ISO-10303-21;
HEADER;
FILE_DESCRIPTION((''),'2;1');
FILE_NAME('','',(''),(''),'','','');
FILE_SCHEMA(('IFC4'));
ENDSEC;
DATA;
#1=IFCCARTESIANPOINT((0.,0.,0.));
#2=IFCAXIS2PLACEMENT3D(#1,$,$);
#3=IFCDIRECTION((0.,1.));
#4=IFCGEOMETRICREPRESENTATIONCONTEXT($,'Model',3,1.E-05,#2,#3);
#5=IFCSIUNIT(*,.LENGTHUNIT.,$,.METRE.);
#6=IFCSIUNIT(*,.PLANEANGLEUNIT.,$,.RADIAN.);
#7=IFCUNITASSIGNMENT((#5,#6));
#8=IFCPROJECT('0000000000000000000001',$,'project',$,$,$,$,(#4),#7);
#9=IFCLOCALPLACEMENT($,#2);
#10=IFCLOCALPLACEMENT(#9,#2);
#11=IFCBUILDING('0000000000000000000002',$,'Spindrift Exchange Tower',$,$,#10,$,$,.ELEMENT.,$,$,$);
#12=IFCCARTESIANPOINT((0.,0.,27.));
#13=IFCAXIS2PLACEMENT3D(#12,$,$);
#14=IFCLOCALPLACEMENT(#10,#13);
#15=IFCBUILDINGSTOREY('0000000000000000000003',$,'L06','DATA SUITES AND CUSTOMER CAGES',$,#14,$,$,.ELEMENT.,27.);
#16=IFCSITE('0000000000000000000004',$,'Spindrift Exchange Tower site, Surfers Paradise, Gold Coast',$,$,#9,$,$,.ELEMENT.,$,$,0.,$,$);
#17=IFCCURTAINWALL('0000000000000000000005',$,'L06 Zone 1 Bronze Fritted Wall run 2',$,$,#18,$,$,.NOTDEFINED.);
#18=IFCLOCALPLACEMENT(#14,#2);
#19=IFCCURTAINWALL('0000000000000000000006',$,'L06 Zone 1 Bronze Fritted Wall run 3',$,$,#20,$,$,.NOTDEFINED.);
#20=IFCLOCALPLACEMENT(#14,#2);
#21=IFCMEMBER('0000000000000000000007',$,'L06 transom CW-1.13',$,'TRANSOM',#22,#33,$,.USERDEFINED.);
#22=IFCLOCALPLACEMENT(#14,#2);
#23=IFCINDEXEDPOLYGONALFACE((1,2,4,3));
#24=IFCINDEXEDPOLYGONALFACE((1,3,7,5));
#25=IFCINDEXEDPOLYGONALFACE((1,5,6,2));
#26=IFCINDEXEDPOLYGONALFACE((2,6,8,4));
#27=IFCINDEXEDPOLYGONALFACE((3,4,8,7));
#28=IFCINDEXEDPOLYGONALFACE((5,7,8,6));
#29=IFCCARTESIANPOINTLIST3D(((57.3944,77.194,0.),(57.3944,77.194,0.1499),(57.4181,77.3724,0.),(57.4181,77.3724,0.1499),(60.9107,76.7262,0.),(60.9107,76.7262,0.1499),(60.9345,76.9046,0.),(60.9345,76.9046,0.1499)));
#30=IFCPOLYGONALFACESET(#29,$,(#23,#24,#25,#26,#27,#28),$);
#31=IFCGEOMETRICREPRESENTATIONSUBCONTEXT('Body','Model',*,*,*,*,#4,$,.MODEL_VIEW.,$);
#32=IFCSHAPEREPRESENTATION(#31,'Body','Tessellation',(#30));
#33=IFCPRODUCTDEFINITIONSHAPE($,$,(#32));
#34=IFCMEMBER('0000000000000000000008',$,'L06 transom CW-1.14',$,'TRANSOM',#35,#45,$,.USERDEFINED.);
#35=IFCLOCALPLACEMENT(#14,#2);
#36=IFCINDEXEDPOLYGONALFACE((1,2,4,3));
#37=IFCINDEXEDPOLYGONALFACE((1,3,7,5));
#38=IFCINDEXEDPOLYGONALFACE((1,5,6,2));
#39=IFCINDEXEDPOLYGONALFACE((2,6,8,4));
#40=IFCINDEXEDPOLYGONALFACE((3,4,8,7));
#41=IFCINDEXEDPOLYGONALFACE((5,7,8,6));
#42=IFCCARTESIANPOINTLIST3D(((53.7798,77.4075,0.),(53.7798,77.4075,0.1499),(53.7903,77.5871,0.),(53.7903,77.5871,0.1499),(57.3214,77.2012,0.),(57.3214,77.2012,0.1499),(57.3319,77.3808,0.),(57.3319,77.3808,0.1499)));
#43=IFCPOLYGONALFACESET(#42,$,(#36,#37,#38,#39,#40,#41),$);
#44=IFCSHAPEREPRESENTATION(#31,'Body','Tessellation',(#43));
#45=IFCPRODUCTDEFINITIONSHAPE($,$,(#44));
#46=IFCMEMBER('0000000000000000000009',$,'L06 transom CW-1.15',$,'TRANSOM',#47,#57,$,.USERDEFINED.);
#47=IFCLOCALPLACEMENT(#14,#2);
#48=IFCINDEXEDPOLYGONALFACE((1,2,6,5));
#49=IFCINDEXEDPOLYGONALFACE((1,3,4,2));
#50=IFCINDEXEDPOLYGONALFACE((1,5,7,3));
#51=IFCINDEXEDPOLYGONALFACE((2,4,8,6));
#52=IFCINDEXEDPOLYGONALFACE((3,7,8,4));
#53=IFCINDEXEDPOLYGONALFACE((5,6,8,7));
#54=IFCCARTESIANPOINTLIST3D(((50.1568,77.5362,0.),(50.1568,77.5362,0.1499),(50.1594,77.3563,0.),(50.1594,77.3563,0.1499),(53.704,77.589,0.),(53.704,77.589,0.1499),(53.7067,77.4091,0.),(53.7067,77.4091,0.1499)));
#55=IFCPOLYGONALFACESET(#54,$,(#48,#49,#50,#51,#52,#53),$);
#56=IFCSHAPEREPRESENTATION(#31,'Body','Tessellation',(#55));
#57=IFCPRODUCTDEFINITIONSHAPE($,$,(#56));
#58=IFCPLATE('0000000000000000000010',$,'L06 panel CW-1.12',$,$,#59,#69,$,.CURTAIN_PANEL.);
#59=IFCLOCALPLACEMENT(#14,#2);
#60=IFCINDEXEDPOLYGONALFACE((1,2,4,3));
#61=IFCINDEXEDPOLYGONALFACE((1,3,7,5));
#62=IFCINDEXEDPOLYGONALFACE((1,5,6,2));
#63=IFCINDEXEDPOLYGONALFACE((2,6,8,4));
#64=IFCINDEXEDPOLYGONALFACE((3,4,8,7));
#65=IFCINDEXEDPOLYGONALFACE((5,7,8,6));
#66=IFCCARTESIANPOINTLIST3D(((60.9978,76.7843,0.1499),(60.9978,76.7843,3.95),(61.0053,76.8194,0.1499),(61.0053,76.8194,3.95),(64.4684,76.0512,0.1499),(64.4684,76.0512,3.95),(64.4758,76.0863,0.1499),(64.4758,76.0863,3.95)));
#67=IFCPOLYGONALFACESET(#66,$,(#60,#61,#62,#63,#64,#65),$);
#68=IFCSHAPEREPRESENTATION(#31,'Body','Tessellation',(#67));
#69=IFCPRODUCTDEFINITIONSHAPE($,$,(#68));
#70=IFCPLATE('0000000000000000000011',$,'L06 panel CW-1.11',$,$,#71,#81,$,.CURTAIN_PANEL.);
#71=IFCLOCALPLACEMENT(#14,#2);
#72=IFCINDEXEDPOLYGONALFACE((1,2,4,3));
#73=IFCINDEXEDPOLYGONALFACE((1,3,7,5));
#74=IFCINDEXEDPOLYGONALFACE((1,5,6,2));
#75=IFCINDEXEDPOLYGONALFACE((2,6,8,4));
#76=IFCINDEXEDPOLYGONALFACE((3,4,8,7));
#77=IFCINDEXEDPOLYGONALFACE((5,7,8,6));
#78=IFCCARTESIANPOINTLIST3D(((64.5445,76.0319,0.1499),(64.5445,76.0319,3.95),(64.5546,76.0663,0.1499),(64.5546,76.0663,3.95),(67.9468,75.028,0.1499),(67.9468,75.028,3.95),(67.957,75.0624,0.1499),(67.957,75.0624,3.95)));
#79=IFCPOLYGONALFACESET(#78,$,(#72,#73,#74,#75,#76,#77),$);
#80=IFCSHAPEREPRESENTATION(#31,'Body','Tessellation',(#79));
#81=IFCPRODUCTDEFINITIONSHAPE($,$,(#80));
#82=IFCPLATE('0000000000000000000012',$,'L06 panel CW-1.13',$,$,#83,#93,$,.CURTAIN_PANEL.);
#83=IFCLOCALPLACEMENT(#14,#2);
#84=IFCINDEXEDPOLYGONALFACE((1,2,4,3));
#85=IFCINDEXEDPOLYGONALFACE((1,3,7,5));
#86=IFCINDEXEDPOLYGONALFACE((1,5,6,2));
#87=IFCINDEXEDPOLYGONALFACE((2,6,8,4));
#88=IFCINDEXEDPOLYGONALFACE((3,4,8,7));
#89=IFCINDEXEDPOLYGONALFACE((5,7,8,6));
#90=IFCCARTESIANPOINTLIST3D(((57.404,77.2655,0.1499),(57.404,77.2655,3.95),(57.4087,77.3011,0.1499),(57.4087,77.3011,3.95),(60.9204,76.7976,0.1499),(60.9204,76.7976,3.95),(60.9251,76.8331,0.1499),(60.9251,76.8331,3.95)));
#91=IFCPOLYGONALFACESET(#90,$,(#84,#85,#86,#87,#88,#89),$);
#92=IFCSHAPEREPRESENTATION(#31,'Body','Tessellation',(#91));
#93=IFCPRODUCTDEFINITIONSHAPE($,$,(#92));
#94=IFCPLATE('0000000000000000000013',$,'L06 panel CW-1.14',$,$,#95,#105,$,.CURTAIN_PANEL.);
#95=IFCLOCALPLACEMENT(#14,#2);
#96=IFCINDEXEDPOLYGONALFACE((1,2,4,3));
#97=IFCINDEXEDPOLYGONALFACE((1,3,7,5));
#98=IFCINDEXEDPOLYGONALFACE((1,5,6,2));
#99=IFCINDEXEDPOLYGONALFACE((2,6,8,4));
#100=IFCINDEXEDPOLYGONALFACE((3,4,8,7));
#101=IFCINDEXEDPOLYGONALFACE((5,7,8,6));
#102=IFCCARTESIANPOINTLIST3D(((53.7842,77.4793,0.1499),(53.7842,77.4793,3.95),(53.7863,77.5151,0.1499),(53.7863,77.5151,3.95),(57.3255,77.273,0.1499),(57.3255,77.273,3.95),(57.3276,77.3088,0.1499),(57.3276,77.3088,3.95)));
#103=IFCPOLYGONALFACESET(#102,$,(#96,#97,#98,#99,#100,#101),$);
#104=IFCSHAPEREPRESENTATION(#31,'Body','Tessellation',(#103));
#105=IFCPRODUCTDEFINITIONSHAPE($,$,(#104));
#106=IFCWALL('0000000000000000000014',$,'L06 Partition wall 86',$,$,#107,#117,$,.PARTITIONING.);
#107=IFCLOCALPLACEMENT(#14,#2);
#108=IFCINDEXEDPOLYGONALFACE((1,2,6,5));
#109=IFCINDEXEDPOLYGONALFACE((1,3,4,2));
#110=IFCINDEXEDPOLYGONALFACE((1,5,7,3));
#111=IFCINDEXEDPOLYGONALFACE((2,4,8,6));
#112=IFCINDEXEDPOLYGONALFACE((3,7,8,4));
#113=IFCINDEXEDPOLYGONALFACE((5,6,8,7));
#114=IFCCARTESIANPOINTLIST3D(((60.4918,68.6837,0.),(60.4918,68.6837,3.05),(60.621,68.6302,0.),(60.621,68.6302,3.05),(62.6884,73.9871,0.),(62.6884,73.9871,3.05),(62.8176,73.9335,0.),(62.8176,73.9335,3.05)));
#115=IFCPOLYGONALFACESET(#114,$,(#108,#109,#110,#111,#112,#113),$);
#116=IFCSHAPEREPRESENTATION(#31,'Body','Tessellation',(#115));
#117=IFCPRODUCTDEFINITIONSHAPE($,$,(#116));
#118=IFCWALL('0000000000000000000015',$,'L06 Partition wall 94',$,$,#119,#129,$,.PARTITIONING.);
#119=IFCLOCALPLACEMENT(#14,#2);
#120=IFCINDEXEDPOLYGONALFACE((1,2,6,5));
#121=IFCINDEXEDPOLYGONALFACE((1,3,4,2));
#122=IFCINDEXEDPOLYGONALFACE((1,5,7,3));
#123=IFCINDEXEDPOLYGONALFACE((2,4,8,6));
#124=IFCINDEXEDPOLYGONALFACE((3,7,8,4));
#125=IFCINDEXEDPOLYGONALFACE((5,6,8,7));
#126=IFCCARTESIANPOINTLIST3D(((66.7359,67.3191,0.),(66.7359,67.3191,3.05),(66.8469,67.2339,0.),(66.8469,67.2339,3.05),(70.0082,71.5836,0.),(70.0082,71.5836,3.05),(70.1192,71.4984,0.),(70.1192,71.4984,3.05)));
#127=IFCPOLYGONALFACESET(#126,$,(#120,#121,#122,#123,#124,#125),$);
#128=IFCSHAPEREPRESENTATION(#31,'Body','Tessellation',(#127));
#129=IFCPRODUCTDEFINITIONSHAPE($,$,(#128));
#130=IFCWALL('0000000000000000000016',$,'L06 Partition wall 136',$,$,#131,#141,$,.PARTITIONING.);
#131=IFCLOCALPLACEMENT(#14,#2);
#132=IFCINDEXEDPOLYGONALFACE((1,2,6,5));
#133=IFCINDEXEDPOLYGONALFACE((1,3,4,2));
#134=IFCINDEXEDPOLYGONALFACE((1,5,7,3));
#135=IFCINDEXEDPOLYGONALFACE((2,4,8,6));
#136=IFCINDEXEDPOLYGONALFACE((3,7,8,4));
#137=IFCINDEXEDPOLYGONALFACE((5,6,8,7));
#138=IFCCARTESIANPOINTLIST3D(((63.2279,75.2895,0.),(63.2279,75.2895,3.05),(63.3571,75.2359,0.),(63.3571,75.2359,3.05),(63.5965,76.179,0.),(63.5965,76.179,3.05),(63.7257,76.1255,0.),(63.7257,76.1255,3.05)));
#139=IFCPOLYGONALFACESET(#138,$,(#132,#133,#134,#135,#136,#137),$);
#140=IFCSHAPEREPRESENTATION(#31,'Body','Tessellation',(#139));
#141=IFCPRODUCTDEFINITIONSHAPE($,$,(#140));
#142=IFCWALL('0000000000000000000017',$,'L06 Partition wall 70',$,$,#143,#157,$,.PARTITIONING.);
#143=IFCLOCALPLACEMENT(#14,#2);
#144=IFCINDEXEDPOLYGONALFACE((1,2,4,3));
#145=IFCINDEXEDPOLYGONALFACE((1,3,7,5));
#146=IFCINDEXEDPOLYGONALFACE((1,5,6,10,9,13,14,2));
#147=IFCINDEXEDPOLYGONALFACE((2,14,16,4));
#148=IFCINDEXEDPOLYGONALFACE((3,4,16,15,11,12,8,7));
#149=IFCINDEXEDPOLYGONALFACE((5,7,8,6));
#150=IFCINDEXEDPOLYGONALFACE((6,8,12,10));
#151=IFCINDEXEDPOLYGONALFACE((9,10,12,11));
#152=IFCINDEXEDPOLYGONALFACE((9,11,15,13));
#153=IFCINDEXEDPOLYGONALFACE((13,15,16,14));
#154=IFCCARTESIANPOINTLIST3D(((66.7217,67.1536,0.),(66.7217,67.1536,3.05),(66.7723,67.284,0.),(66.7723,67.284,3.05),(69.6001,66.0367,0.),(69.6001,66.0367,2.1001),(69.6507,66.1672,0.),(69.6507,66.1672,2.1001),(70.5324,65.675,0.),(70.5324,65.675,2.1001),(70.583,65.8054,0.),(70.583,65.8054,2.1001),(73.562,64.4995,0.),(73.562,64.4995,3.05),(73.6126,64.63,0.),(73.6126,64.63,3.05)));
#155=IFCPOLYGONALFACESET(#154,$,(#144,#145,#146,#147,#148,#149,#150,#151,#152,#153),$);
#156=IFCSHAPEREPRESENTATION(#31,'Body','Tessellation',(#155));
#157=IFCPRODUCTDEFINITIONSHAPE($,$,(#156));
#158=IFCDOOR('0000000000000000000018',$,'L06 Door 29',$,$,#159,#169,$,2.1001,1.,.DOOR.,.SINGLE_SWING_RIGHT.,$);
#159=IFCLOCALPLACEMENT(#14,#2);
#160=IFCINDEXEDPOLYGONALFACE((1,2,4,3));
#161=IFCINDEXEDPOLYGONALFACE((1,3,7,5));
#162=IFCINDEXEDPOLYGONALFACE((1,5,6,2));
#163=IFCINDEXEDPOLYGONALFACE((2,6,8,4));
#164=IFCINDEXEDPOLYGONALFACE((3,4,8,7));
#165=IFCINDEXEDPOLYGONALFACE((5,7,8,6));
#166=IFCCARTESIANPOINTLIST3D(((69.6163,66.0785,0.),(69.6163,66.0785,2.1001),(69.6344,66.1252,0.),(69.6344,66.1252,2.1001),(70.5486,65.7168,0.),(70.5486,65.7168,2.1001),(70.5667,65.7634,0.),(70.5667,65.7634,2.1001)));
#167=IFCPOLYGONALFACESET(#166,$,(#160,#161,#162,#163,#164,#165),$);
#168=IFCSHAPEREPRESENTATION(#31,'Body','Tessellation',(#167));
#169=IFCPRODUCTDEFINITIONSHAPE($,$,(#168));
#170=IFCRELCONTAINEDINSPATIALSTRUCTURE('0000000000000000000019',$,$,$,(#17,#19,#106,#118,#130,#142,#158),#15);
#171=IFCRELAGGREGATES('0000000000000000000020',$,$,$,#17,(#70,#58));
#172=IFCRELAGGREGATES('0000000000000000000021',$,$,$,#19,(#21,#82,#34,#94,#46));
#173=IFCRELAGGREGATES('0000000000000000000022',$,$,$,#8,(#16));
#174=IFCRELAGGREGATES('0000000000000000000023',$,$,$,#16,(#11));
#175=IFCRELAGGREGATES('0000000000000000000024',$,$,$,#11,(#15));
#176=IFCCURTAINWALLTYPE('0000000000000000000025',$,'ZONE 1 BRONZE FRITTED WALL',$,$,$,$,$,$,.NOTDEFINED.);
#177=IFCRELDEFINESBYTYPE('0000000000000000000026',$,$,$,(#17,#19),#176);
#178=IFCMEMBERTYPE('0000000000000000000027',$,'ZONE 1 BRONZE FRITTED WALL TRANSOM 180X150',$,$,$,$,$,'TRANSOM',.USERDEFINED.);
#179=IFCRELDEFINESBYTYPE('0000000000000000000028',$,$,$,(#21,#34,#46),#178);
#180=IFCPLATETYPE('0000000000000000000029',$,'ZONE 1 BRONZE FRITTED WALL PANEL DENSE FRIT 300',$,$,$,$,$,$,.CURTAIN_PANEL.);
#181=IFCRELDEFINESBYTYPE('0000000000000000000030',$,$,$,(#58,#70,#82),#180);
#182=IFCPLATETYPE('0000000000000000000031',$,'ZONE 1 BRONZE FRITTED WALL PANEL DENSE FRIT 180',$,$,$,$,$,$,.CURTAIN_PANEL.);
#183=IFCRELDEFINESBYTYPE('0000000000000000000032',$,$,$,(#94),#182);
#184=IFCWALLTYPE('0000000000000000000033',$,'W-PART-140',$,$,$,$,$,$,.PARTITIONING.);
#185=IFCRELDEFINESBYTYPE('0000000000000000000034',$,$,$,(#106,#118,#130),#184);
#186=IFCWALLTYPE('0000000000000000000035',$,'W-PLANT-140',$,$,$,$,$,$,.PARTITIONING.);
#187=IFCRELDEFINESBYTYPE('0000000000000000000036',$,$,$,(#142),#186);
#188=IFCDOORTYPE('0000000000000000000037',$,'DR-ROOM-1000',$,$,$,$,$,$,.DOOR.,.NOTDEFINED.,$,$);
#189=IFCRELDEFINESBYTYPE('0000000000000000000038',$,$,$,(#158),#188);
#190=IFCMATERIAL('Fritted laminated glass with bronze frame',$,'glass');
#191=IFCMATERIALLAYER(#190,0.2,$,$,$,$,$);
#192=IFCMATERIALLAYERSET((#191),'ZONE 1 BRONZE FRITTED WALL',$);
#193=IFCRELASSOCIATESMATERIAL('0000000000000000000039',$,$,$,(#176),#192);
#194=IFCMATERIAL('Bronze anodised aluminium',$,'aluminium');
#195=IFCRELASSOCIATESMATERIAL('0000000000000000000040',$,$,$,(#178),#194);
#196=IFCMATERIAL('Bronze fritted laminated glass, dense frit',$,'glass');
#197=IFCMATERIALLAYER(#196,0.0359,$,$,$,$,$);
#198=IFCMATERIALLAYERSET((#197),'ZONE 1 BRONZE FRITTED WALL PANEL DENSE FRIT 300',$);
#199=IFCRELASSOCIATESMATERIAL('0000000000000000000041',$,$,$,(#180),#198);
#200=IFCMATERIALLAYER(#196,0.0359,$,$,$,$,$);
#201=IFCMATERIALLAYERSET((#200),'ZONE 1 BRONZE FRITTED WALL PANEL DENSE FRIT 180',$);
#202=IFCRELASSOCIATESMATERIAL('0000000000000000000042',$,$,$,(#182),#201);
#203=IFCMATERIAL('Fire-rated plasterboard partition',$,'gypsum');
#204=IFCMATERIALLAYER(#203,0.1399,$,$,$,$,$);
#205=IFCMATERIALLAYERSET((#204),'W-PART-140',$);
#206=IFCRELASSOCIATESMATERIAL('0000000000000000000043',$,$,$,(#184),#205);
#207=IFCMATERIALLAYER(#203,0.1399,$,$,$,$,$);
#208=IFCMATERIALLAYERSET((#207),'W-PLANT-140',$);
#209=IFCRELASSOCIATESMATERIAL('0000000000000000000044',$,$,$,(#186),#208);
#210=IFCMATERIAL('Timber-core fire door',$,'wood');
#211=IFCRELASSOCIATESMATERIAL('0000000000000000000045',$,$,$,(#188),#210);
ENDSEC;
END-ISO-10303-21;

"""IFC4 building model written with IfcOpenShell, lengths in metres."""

from ifc_helpers import new_model, si_unit, direction, frame, frame_2d, origin, origin_2d, place, context, subcontext, project, spatial, rectangle, extrude, source, transform, mapped, material, layer, layer_set, material_profile, profile_set, type_object, element, fill, aggregate, save


model = new_model("IFC4")

# Units and contexts
model_context = context("Model", 3, precision=1e-05, world=origin(), true_north=direction((0.0, 1.0)))
body_context = subcontext(model_context, "Body", "Model", "MODEL_VIEW")
ifc_project = project(units=[si_unit("LENGTHUNIT", "METRE"), si_unit("PLANEANGLEUNIT", "RADIAN")], contexts=[model_context])

# Site, building, storey
site_placement = place(None, origin())
site = spatial("IfcSite", under=ifc_project, at=site_placement, Name="Spindrift Exchange Tower site, Surfers Paradise, Gold Coast", CompositionType="ELEMENT", RefElevation=0.0)
building_placement = place(site_placement, origin())
building = spatial("IfcBuilding", under=site, at=building_placement, Name="Spindrift Exchange Tower", CompositionType="ELEMENT")
storey_placement = place(building_placement, frame((0.0, 0.0, 27.0)))
storey = spatial("IfcBuildingStorey", under=building, at=storey_placement, Name="L06", Description="DATA SUITES AND CUSTOMER CAGES", CompositionType="ELEMENT", Elevation=27.0)

# Curtain walls
ifc_material_1 = material(Name="Fritted laminated glass with bronze frame", Category="glass")
ifc_layer_1 = layer(ifc_material_1, 0.2)
ifc_layer_set_1 = layer_set([ifc_layer_1], Name="ZONE 1 BRONZE FRITTED WALL")
curtain_wall_type = type_object("IfcCurtainWallType", Name="ZONE 1 BRONZE FRITTED WALL", PredefinedType="NOTDEFINED", material=ifc_layer_set_1)
curtain_wall_1_placement = place(storey_placement, origin())
curtain_wall_1 = element("IfcCurtainWall", 1, at=curtain_wall_1_placement, inside=storey, type_object=curtain_wall_type, Name="L06 Zone 1 Bronze Fritted Wall run 2", PredefinedType="NOTDEFINED")
ifc_material_2 = material(Name="Bronze anodised aluminium", Category="aluminium")
curtain_wall_2_placement = place(storey_placement, origin())
curtain_wall_2 = element("IfcCurtainWall", 2, at=curtain_wall_2_placement, inside=storey, type_object=curtain_wall_type, Name="L06 Zone 1 Bronze Fritted Wall run 3", PredefinedType="NOTDEFINED")

# Members
ifc_material_profile_1 = material_profile(ifc_material_2, rectangle(XDim=0.1799, YDim=0.1499, at=origin_2d()), Name="ZONE 1 BRONZE FRITTED WALL TRANSOM 180X150")
ifc_profile_set_1 = profile_set([ifc_material_profile_1], Name="Bronze anodised aluminium")
member_type_1 = type_object("IfcMemberType", Name="ZONE 1 BRONZE FRITTED WALL TRANSOM 180X150", ElementType="TRANSOM", PredefinedType="USERDEFINED", material=ifc_profile_set_1)
shared_shape_1 = source(origin(), body_context, "Body", "SweptSolid", [
    extrude(rectangle(XDim=0.1799, YDim=0.1499, at=origin_2d()), origin(), (0.0, 0.0, 1.0), 3.5474),
])
member_1_placement = place(storey_placement, frame((60.9226, 76.8154, 0.075), z_axis=(-0.991268, 0.131866, 0.0), x_axis=(-0.131866, -0.991268, 0.0)))
member_1 = element("IfcMember", 3, at=member_1_placement, type_object=member_type_1, Name="L06 transom CW-1.13", ObjectType="TRANSOM", PredefinedType="USERDEFINED", context=body_context, shape_type="MappedRepresentation", body=[
    mapped(shared_shape_1, transform((0.0, 0.0, 0.0), scale=1.0)),
])
shared_shape_2 = source(origin(), body_context, "Body", "SweptSolid", [
    extrude(rectangle(XDim=0.1799, YDim=0.1499, at=origin_2d()), origin(), (0.0, 0.0, 1.0), 3.5476),
])
member_2_placement = place(storey_placement, frame((57.3267, 77.291, 0.075), z_axis=(-0.998308, 0.058153, 0.0), x_axis=(-0.058153, -0.998308, 0.0)))
member_2 = element("IfcMember", 4, at=member_2_placement, type_object=member_type_1, Name="L06 transom CW-1.14", ObjectType="TRANSOM", PredefinedType="USERDEFINED", context=body_context, shape_type="MappedRepresentation", body=[
    mapped(shared_shape_2, transform((0.0, 0.0, 0.0), scale=1.0)),
])
member_3_placement = place(storey_placement, frame((53.7053, 77.499, 0.075), z_axis=(-0.99989, -0.014865, 0.0), x_axis=(0.014865, -0.99989, 0.0)))
member_3 = element("IfcMember", 5, at=member_3_placement, type_object=member_type_1, Name="L06 transom CW-1.15", ObjectType="TRANSOM", PredefinedType="USERDEFINED", context=body_context, shape_type="MappedRepresentation", body=[
    mapped(shared_shape_2, transform((0.0, 0.0, 0.0), scale=1.0)),
])

# Plates
ifc_material_3 = material(Name="Bronze fritted laminated glass, dense frit", Category="glass")
ifc_layer_2 = layer(ifc_material_3, 0.0359)
ifc_layer_set_2 = layer_set([ifc_layer_2], Name="ZONE 1 BRONZE FRITTED WALL PANEL DENSE FRIT 300")
plate_type_1 = type_object("IfcPlateType", Name="ZONE 1 BRONZE FRITTED WALL PANEL DENSE FRIT 300", PredefinedType="CURTAIN_PANEL", material=ifc_layer_set_2)
shared_shape_3 = source(origin(), body_context, "Body", "SweptSolid", [
    extrude(rectangle(XDim=3.5471, YDim=0.0359, at=origin_2d()), origin(), (0.0, 0.0, 1.0), 3.8),
])
plate_1_placement = place(storey_placement, frame((62.7368, 76.4353, 0.1499), z_axis=(0.0, 0.0, 1.0), x_axis=(-0.978407, 0.206687, 0.0)))
plate_1 = element("IfcPlate", 6, at=plate_1_placement, type_object=plate_type_1, Name="L06 panel CW-1.12", PredefinedType="CURTAIN_PANEL", context=body_context, shape_type="MappedRepresentation", body=[
    mapped(shared_shape_3, transform((0.0, 0.0, 0.0), scale=1.0)),
])
shared_shape_4 = source(origin(), body_context, "Body", "SweptSolid", [
    extrude(rectangle(XDim=3.5474, YDim=0.0359, at=origin_2d()), origin(), (0.0, 0.0, 1.0), 3.8),
])
plate_2_placement = place(storey_placement, frame((66.2507, 75.5471, 0.1499), z_axis=(0.0, 0.0, 1.0), x_axis=(-0.959122, 0.282994, 0.0)))
plate_2 = element("IfcPlate", 7, at=plate_2_placement, type_object=plate_type_1, Name="L06 panel CW-1.11", PredefinedType="CURTAIN_PANEL", context=body_context, shape_type="MappedRepresentation", body=[
    mapped(shared_shape_4, transform((0.0, 0.0, 0.0), scale=1.0)),
])
aggregate(curtain_wall_1, [plate_2, plate_1])
plate_3_placement = place(storey_placement, frame((59.1646, 77.0493, 0.1499), z_axis=(0.0, 0.0, 1.0), x_axis=(-0.991261, 0.131912, 0.0)))
plate_3 = element("IfcPlate", 8, at=plate_3_placement, type_object=plate_type_1, Name="L06 panel CW-1.13", PredefinedType="CURTAIN_PANEL", context=body_context, shape_type="MappedRepresentation", body=[
    mapped(shared_shape_4, transform((0.0, 0.0, 0.0), scale=1.0)),
])
ifc_layer_3 = layer(ifc_material_3, 0.0359)
ifc_layer_set_3 = layer_set([ifc_layer_3], Name="ZONE 1 BRONZE FRITTED WALL PANEL DENSE FRIT 180")
plate_type_2 = type_object("IfcPlateType", Name="ZONE 1 BRONZE FRITTED WALL PANEL DENSE FRIT 180", PredefinedType="CURTAIN_PANEL", material=ifc_layer_set_3)
shared_shape_5 = source(origin(), body_context, "Body", "SweptSolid", [
    extrude(rectangle(XDim=3.5474, YDim=0.0359, at=origin_2d()), origin(), (0.0, 0.0, 1.0), 3.8),
])
plate_4_placement = place(storey_placement, frame((55.5559, 77.394, 0.1499), z_axis=(0.0, 0.0, 1.0), x_axis=(-0.998307, 0.058167, 0.0)))
plate_4 = element("IfcPlate", 9, at=plate_4_placement, type_object=plate_type_2, Name="L06 panel CW-1.14", PredefinedType="CURTAIN_PANEL", context=body_context, shape_type="MappedRepresentation", body=[
    mapped(shared_shape_5, transform((0.0, 0.0, 0.0), scale=1.0)),
])
aggregate(curtain_wall_2, [member_1, plate_3, member_2, plate_4, member_3])

# Walls
ifc_material_4 = material(Name="Fire-rated plasterboard partition", Category="gypsum")
ifc_layer_4 = layer(ifc_material_4, 0.1399)
ifc_layer_set_4 = layer_set([ifc_layer_4], Name="W-PART-140")
wall_type_1 = type_object("IfcWallType", Name="W-PART-140", PredefinedType="PARTITIONING", material=ifc_layer_set_4)
wall_1_placement = place(storey_placement, frame((60.5564, 68.657, 0.0), z_axis=(0.0, 0.0, 1.0), x_axis=(0.382664, 0.923888, 0.0)))
element("IfcWall", 10, at=wall_1_placement, inside=storey, type_object=wall_type_1, Name="L06 Partition wall 86", PredefinedType="PARTITIONING", context=body_context, shape_type="SweptSolid", body=[
    extrude(rectangle(XDim=5.7402, YDim=0.1399, at=frame_2d((2.8701, 0.0))), origin(), (0.0, 0.0, 1.0), 3.05),
])
wall_2_placement = place(storey_placement, frame((66.7915, 67.2766, 0.0), z_axis=(0.0, 0.0, 1.0), x_axis=(0.608764, 0.793351, 0.0)))
element("IfcWall", 11, at=wall_2_placement, inside=storey, type_object=wall_type_1, Name="L06 Partition wall 94", PredefinedType="PARTITIONING", context=body_context, shape_type="SweptSolid", body=[
    extrude(rectangle(XDim=5.3752, YDim=0.1399, at=frame_2d((2.6875, 0.0))), origin(), (0.0, 0.0, 1.0), 3.05),
])
wall_3_placement = place(storey_placement, frame((63.2925, 75.2627, 0.0), z_axis=(0.0, 0.0, 1.0), x_axis=(0.382815, 0.923825, 0.0)))
element("IfcWall", 12, at=wall_3_placement, inside=storey, type_object=wall_type_1, Name="L06 Partition wall 136", PredefinedType="PARTITIONING", context=body_context, shape_type="SweptSolid", body=[
    extrude(rectangle(XDim=0.9629, YDim=0.1399, at=frame_2d((0.4814, 0.0))), origin(), (0.0, 0.0, 1.0), 3.05),
])

# Wall, opening, door
ifc_layer_5 = layer(ifc_material_4, 0.1399)
ifc_layer_set_5 = layer_set([ifc_layer_5], Name="W-PLANT-140")
wall_type_2 = type_object("IfcWallType", Name="W-PLANT-140", PredefinedType="PARTITIONING", material=ifc_layer_set_5)
wall_4_placement = place(storey_placement, frame((66.7471, 67.2188, 0.0), z_axis=(0.0, 0.0, 1.0), x_axis=(0.932284, -0.361727, 0.0)))
wall_4 = element("IfcWall", 13, at=wall_4_placement, inside=storey, type_object=wall_type_2, Name="L06 Partition wall 70", PredefinedType="PARTITIONING", context=body_context, shape_type="SweptSolid", body=[
    extrude(rectangle(XDim=7.3372, YDim=0.1399, at=frame_2d((3.6685, 0.0))), origin(), (0.0, 0.0, 1.0), 3.05),
])
opening_1_placement = place(wall_4_placement, frame((3.0874, 0.0, 0.0)))
opening_1 = element("IfcOpeningElement", 14, at=opening_1_placement, cuts=wall_4, PredefinedType="OPENING", context=body_context, shape_type="SweptSolid", body=[
    extrude(rectangle(XDim=1.0, YDim=2.1001, at=frame_2d((0.5, 1.05))), frame((0.0, 0.0798, 0.0), z_axis=(0.0, -1.0, 0.0), x_axis=(1.0, 0.0, 0.0)), (0.0, 0.0, 1.0), 0.1599),
])
ifc_material_5 = material(Name="Timber-core fire door", Category="wood")
door_type = type_object("IfcDoorType", Name="DR-ROOM-1000", OperationType="NOTDEFINED", PredefinedType="DOOR", material=ifc_material_5)
shared_shape_6 = source(origin(), body_context, "Body", "SweptSolid", [
    extrude(rectangle(XDim=1.0, YDim=2.1001, at=frame_2d((0.5, 1.05))), frame((0.0, 0.0249, 0.0), z_axis=(0.0, -1.0, 0.0), x_axis=(1.0, 0.0, 0.0)), (0.0, 0.0, 1.0), 0.05),
])
door_1_placement = place(opening_1_placement, origin())
door_1 = element("IfcDoor", 15, at=door_1_placement, inside=storey, type_object=door_type, Name="L06 Door 29", OperationType="SINGLE_SWING_RIGHT", OverallHeight=2.1001, OverallWidth=1.0, PredefinedType="DOOR", context=body_context, shape_type="MappedRepresentation", body=[
    mapped(shared_shape_6, transform((0.0, 0.0, 0.0), scale=1.0)),
])
fill(opening_1, door_1)

save(model, "model.ifc")
